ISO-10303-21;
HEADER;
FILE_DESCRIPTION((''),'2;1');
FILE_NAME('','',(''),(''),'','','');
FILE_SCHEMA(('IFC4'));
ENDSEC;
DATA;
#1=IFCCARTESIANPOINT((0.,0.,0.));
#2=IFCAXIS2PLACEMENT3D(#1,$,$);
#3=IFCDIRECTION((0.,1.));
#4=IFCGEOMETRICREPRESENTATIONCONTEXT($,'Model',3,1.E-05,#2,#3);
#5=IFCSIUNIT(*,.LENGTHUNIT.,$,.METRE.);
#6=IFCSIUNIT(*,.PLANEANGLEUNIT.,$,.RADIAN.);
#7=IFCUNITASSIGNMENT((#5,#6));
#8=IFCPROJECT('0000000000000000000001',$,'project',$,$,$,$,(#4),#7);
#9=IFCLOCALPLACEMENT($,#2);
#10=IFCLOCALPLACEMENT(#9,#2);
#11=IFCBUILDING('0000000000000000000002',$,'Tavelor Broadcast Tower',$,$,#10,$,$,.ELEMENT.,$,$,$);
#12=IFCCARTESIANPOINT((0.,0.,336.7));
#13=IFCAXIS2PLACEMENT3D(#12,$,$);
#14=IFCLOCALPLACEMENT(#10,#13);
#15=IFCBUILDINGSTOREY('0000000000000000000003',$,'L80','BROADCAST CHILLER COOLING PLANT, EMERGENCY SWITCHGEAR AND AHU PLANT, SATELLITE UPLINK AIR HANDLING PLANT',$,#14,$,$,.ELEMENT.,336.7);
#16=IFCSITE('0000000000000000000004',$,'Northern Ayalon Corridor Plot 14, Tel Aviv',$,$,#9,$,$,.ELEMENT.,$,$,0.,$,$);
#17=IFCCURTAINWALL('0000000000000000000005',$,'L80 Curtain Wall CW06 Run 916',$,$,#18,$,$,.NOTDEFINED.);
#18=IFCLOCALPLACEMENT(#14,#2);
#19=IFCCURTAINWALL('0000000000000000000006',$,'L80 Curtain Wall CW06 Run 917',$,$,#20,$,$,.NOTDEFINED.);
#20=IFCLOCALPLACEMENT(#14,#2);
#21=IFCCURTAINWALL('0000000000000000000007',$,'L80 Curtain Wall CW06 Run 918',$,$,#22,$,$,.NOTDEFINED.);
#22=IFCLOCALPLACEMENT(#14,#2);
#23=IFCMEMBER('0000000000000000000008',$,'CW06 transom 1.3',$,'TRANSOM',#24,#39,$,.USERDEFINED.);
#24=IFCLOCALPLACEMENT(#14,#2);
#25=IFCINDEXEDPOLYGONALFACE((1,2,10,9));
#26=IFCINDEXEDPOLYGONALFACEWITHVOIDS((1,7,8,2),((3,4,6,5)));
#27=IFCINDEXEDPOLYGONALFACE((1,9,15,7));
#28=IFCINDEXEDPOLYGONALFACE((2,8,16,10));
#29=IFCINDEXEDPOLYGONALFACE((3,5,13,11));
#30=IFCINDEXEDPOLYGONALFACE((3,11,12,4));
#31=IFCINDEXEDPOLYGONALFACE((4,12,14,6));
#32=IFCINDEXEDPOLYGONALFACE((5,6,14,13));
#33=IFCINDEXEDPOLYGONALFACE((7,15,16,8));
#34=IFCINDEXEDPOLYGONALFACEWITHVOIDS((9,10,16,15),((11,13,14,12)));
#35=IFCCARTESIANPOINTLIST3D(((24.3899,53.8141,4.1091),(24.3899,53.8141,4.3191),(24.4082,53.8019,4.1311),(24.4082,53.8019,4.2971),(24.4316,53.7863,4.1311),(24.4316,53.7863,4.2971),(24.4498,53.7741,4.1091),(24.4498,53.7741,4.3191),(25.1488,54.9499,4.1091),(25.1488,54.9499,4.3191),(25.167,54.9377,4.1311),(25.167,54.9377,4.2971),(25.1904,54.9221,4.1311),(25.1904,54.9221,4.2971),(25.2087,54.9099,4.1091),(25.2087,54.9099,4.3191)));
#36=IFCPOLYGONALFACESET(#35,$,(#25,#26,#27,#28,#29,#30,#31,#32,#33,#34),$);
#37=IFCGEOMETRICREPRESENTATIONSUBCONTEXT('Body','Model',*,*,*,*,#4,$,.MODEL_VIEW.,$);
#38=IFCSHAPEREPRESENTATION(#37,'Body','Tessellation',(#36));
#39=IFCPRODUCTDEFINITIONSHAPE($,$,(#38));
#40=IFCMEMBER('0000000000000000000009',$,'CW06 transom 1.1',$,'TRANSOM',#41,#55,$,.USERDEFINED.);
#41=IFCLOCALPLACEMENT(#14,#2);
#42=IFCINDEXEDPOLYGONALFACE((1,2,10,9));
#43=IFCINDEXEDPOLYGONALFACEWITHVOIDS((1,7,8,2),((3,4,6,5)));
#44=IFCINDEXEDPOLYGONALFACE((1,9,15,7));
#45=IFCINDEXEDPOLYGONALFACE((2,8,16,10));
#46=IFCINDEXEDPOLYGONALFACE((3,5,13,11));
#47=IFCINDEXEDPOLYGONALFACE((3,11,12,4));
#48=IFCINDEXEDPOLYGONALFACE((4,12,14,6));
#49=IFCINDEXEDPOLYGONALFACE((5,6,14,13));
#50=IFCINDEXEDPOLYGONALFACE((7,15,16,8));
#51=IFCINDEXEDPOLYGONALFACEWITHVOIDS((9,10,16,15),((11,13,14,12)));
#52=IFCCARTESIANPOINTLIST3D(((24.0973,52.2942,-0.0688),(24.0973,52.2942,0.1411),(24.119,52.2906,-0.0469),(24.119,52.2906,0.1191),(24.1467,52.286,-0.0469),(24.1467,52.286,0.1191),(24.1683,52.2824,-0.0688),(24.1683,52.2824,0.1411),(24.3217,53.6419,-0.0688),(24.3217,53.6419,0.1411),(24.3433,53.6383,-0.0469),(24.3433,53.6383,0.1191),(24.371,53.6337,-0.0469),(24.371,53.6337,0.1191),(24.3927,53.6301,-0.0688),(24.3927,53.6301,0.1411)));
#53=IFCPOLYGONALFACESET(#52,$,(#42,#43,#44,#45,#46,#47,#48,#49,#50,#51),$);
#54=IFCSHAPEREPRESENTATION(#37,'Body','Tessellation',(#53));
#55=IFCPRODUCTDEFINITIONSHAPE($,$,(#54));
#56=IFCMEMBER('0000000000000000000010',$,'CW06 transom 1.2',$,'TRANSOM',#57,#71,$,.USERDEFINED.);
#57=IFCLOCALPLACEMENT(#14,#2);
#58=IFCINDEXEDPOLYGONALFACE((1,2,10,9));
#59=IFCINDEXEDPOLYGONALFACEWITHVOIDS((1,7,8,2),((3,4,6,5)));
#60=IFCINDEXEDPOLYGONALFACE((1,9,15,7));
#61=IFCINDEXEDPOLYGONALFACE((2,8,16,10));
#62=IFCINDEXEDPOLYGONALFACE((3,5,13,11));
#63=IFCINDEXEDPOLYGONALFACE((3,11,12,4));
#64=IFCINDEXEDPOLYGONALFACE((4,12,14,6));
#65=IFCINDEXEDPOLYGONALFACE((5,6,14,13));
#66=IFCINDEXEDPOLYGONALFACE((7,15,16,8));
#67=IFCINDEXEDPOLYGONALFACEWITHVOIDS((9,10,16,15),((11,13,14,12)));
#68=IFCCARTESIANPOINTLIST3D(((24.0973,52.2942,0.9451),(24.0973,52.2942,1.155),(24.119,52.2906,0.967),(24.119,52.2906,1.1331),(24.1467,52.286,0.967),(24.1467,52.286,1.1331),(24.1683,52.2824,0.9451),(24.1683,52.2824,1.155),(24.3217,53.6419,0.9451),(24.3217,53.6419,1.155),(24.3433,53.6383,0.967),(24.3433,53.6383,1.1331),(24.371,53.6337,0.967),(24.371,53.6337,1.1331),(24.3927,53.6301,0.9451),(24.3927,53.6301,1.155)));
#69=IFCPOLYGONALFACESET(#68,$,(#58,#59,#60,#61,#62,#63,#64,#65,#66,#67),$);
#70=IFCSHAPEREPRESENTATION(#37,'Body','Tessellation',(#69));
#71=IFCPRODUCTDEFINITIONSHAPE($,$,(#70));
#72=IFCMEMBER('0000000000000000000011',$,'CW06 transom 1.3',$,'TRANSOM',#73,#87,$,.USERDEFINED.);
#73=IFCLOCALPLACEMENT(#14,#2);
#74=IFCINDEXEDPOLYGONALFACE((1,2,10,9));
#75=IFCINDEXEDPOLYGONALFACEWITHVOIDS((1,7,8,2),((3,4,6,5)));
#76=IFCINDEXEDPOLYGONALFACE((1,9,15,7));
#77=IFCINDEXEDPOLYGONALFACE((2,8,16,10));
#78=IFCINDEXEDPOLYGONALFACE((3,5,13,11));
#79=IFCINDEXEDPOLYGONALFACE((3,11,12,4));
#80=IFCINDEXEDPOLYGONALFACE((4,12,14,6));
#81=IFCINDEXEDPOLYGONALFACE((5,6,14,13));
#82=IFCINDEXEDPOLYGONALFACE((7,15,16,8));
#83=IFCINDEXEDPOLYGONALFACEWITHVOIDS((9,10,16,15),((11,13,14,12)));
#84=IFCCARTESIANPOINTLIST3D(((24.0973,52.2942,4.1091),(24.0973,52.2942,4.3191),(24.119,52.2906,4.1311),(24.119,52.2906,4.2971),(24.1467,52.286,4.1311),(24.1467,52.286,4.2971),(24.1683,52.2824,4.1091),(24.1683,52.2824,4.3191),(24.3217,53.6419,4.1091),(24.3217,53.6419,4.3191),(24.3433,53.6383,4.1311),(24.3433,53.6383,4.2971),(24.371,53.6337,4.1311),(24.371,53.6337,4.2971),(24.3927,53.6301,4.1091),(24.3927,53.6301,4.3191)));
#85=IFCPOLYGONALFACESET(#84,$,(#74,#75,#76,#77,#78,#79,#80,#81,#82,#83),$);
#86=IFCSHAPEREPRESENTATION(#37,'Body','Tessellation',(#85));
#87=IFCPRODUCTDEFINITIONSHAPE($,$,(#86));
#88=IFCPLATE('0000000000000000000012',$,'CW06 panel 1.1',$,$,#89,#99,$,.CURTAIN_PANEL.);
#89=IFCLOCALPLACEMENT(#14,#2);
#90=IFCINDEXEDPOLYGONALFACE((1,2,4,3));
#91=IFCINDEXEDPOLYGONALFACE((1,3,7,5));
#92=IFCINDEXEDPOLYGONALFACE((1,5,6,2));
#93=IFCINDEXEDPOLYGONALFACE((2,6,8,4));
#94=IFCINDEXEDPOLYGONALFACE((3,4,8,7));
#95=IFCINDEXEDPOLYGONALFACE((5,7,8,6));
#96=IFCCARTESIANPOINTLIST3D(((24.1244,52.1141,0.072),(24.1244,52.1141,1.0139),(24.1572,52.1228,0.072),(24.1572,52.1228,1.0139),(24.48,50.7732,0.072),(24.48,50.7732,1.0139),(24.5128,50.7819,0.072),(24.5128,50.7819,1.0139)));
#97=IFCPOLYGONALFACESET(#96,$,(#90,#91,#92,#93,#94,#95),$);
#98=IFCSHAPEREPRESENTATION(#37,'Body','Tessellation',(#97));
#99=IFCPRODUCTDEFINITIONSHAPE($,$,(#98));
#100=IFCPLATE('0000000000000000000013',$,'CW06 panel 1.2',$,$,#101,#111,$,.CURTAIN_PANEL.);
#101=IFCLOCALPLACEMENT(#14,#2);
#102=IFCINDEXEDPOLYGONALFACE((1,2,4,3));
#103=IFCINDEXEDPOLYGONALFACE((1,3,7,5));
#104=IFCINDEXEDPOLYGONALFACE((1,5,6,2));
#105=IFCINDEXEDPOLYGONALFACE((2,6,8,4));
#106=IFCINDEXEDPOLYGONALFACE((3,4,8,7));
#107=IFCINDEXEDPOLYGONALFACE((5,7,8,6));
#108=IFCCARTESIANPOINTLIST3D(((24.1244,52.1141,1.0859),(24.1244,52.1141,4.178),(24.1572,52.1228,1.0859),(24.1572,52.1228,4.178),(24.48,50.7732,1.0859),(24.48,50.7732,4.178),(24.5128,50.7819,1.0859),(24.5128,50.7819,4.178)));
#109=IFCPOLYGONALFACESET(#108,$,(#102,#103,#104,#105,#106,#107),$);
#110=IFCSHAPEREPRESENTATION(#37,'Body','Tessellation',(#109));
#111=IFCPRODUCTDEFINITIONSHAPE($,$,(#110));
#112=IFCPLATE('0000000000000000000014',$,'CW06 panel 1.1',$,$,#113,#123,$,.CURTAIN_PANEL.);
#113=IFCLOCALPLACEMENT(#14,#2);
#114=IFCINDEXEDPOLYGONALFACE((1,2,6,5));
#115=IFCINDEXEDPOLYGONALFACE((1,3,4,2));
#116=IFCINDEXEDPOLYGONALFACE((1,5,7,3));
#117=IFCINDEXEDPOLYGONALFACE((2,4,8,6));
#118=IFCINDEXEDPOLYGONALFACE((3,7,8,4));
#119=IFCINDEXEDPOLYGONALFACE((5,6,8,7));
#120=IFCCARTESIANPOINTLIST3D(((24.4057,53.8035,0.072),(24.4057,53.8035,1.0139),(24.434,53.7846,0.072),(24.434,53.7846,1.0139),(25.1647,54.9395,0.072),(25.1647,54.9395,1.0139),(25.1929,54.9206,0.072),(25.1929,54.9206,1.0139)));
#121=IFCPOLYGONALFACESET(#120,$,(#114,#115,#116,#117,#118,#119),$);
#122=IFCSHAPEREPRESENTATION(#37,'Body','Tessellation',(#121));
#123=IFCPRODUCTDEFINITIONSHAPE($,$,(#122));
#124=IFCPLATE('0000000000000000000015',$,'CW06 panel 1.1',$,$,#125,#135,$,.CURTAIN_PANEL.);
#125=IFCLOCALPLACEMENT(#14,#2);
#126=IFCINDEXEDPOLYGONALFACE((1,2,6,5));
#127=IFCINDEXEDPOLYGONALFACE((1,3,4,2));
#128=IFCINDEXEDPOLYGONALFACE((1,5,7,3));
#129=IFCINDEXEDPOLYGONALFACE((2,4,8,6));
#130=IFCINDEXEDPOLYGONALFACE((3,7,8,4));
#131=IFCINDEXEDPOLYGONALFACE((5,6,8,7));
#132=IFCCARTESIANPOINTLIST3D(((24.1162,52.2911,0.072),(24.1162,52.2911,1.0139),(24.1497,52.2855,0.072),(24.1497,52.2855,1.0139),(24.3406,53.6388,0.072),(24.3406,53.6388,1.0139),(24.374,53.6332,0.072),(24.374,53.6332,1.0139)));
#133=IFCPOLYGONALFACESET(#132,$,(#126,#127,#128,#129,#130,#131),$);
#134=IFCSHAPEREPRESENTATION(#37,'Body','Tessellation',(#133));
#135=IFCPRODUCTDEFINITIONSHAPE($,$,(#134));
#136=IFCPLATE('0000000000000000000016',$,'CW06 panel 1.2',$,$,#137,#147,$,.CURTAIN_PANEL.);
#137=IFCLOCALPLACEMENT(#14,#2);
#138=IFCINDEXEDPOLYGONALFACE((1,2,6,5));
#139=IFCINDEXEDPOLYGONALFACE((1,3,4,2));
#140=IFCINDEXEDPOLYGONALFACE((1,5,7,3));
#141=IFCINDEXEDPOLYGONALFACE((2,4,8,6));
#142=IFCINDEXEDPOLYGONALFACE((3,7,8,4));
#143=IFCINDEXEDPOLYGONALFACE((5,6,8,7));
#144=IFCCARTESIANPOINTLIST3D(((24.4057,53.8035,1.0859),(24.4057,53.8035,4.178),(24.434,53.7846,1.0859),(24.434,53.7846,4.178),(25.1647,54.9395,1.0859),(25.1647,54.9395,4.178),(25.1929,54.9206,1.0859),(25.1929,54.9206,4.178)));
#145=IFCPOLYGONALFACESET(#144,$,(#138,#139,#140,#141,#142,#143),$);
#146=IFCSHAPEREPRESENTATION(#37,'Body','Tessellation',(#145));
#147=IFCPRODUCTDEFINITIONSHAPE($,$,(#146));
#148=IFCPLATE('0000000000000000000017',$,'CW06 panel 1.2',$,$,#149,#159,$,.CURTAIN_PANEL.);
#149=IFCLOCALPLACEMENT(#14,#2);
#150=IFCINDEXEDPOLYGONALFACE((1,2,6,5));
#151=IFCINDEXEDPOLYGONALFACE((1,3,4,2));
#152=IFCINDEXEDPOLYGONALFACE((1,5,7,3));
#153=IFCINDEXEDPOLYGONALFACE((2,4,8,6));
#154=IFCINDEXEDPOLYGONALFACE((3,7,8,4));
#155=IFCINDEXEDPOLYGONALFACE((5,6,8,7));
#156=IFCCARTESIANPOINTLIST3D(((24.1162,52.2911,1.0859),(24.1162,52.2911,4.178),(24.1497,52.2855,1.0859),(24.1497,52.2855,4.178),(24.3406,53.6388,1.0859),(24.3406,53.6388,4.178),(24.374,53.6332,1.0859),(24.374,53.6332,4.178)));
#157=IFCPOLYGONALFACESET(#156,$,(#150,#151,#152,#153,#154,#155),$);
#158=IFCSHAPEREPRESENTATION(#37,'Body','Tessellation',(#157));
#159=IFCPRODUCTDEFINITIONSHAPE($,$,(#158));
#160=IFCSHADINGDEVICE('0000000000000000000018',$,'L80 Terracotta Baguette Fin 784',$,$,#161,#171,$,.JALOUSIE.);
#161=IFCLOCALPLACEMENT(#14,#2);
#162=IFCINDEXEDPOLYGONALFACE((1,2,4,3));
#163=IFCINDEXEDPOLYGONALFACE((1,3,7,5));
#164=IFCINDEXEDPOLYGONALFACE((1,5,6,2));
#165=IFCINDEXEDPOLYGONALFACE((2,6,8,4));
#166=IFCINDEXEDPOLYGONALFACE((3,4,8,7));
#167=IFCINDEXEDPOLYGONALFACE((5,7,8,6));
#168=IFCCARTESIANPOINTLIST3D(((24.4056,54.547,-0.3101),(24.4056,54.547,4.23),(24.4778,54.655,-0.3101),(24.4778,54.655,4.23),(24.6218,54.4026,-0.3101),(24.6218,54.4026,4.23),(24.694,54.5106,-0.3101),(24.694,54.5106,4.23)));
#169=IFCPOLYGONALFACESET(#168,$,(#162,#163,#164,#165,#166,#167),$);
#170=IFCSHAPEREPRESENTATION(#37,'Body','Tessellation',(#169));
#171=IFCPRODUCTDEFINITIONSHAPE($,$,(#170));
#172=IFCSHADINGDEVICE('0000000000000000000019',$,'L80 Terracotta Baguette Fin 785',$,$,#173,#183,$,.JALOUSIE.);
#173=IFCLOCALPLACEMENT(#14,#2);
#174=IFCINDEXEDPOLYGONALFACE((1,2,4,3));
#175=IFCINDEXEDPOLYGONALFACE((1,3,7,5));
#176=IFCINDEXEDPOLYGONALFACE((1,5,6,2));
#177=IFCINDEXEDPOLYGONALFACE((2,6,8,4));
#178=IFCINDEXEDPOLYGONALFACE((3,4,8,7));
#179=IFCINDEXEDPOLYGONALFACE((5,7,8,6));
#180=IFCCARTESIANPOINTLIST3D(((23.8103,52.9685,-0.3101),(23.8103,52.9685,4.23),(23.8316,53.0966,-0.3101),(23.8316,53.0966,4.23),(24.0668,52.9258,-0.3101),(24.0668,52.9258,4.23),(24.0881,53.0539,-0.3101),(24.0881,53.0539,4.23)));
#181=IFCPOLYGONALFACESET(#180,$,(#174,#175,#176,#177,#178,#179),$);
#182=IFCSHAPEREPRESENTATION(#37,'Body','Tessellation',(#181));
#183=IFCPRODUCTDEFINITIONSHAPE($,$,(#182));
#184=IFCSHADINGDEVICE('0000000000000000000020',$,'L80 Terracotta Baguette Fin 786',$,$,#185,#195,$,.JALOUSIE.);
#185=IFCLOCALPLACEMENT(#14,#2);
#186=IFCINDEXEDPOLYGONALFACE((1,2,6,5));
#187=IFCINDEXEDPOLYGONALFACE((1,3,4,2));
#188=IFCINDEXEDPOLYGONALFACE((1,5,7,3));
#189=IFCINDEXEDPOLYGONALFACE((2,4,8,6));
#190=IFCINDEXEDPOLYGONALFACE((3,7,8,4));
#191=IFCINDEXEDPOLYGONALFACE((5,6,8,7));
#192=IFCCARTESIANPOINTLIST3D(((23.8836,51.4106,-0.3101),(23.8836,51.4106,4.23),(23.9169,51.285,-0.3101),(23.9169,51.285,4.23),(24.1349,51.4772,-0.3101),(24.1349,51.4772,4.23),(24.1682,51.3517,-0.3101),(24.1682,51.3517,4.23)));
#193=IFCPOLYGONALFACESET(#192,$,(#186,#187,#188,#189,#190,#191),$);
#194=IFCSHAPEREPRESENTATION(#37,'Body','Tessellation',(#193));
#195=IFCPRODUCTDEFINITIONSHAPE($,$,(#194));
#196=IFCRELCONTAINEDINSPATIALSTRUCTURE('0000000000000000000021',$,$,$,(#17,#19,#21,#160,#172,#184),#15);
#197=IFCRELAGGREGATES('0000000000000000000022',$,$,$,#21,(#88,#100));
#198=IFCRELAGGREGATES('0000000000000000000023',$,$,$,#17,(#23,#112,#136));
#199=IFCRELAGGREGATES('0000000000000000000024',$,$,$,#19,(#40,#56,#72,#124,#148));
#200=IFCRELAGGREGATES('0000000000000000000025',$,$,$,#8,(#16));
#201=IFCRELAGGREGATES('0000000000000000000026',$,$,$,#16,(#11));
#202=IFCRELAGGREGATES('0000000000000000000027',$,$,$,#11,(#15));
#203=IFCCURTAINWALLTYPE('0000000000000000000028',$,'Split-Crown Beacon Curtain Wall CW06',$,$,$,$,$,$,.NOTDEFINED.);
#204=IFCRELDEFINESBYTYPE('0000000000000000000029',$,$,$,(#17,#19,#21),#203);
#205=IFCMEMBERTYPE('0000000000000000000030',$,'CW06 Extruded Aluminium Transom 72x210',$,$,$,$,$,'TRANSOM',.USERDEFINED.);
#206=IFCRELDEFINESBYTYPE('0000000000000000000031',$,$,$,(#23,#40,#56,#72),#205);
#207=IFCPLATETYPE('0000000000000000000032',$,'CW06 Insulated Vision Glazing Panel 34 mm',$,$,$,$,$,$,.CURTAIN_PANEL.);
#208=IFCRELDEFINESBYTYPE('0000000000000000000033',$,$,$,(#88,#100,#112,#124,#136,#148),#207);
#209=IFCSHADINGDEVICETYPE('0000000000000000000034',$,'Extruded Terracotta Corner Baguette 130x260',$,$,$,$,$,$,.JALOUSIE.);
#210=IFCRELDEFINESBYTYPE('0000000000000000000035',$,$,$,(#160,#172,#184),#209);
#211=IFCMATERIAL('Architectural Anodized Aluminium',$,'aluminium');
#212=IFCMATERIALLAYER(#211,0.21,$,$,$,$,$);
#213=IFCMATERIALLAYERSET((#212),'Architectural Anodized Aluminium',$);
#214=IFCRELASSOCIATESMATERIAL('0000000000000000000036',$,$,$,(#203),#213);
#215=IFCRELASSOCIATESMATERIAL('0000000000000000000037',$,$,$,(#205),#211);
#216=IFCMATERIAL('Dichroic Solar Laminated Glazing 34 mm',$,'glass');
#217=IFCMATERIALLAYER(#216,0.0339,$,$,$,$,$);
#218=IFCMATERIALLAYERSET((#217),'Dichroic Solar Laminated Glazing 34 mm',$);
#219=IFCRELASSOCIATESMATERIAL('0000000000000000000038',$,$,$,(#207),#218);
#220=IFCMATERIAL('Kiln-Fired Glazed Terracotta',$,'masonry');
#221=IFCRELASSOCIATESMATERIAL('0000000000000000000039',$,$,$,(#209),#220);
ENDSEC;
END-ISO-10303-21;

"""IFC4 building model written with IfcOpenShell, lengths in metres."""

from ifc_helpers import new_model, si_unit, direction, frame, origin, origin_2d, place, context, subcontext, project, spatial, rectangle, hollow_rectangle, extrude, source, transform, mapped, material, layer, layer_set, material_profile, profile_set, type_object, type_shapes, element, aggregate, save


model = new_model("IFC4")

# Units and contexts
model_context = context("Model", 3, precision=1e-05, world=origin(), true_north=direction((0.0, 1.0)))
body_context = subcontext(model_context, "Body", "Model", "MODEL_VIEW")
ifc_project = project(units=[si_unit("LENGTHUNIT", "METRE"), si_unit("PLANEANGLEUNIT", "RADIAN")], contexts=[model_context])

# Site, building, storey
site_placement = place(None, origin())
site = spatial("IfcSite", under=ifc_project, at=site_placement, Name="Northern Ayalon Corridor Plot 14, Tel Aviv", CompositionType="ELEMENT", RefElevation=0.0)
building_placement = place(site_placement, origin())
building = spatial("IfcBuilding", under=site, at=building_placement, Name="Tavelor Broadcast Tower", CompositionType="ELEMENT")
storey_placement = place(building_placement, frame((0.0, 0.0, 336.7)))
storey = spatial("IfcBuildingStorey", under=building, at=storey_placement, Name="L80", Description="BROADCAST CHILLER COOLING PLANT, EMERGENCY SWITCHGEAR AND AHU PLANT, SATELLITE UPLINK AIR HANDLING PLANT", CompositionType="ELEMENT", Elevation=336.7)

# Shared definitions
ifc_material_1 = material(Name="Architectural Anodized Aluminium", Category="aluminium")
ifc_layer_1 = layer(ifc_material_1, 0.21)
ifc_layer_set_1 = layer_set([ifc_layer_1], Name="Architectural Anodized Aluminium")
curtain_wall_type = type_object("IfcCurtainWallType", Name="Split-Crown Beacon Curtain Wall CW06", PredefinedType="NOTDEFINED", material=ifc_layer_set_1)

# Curtain walls
curtain_wall_1_placement = place(storey_placement, origin())
curtain_wall_1 = element("IfcCurtainWall", 1, at=curtain_wall_1_placement, inside=storey, type_object=curtain_wall_type, Name="L80 Curtain Wall CW06 Run 916", PredefinedType="NOTDEFINED")
curtain_wall_2_placement = place(storey_placement, origin())
curtain_wall_2 = element("IfcCurtainWall", 2, at=curtain_wall_2_placement, inside=storey, type_object=curtain_wall_type, Name="L80 Curtain Wall CW06 Run 917", PredefinedType="NOTDEFINED")
curtain_wall_3_placement = place(storey_placement, origin())
curtain_wall_3 = element("IfcCurtainWall", 3, at=curtain_wall_3_placement, inside=storey, type_object=curtain_wall_type, Name="L80 Curtain Wall CW06 Run 918", PredefinedType="NOTDEFINED")
ifc_material_profile_1 = material_profile(ifc_material_1, hollow_rectangle(XDim=0.072, YDim=0.21, WallThickness=0.022, at=origin_2d()), Name="RHS 72x210x22")
ifc_profile_set_1 = profile_set([ifc_material_profile_1], Name="Architectural Anodized Aluminium")
member_type_1 = type_object("IfcMemberType", Name="CW06 Extruded Aluminium Transom 72x210", ElementType="TRANSOM", PredefinedType="USERDEFINED", material=ifc_profile_set_1)

# Members
shared_shape_1 = source(origin(), body_context, "Body", "SweptSolid", [
    extrude(hollow_rectangle(XDim=0.072, YDim=0.21, WallThickness=0.022, at=origin_2d()), origin(), (0.0, 0.0, 1.0), 1.366),
])
member_1_placement = place(storey_placement, frame((25.1787, 54.9299, 4.2141), z_axis=(-0.555525, -0.8315, 0.0), x_axis=(0.8315, -0.555525, 0.0)))
member_1 = element("IfcMember", 4, at=member_1_placement, type_object=member_type_1, Name="CW06 transom 1.3", ObjectType="TRANSOM", PredefinedType="USERDEFINED", context=body_context, shape_type="MappedRepresentation", body=[
    mapped(shared_shape_1, transform((0.0, 0.0, 0.0), scale=1.0)),
])
shared_shape_2 = source(origin(), body_context, "Body", "SweptSolid", [
    extrude(hollow_rectangle(XDim=0.072, YDim=0.21, WallThickness=0.022, at=origin_2d()), origin(), (0.0, 0.0, 1.0), 1.3662),
])
member_2_placement = place(storey_placement, frame((24.3572, 53.636, 0.0361), z_axis=(-0.164225, -0.986423, 0.0), x_axis=(0.986423, -0.164225, 0.0)))
member_2 = element("IfcMember", 5, at=member_2_placement, type_object=member_type_1, Name="CW06 transom 1.1", ObjectType="TRANSOM", PredefinedType="USERDEFINED", context=body_context, shape_type="MappedRepresentation", body=[
    mapped(shared_shape_2, transform((0.0, 0.0, 0.0), scale=1.0)),
])
member_3_placement = place(storey_placement, frame((24.3572, 53.636, 1.05), z_axis=(-0.164225, -0.986423, 0.0), x_axis=(0.986423, -0.164225, 0.0)))
member_3 = element("IfcMember", 6, at=member_3_placement, type_object=member_type_1, Name="CW06 transom 1.2", ObjectType="TRANSOM", PredefinedType="USERDEFINED", context=body_context, shape_type="MappedRepresentation", body=[
    mapped(shared_shape_2, transform((0.0, 0.0, 0.0), scale=1.0)),
])
member_4_placement = place(storey_placement, frame((24.3572, 53.636, 4.2141), z_axis=(-0.164225, -0.986423, 0.0), x_axis=(0.986423, -0.164225, 0.0)))
member_4 = element("IfcMember", 7, at=member_4_placement, type_object=member_type_1, Name="CW06 transom 1.3", ObjectType="TRANSOM", PredefinedType="USERDEFINED", context=body_context, shape_type="MappedRepresentation", body=[
    mapped(shared_shape_2, transform((0.0, 0.0, 0.0), scale=1.0)),
])

# Plates
ifc_material_2 = material(Name="Dichroic Solar Laminated Glazing 34 mm", Category="glass")
ifc_layer_2 = layer(ifc_material_2, 0.0339)
ifc_layer_set_2 = layer_set([ifc_layer_2], Name="Dichroic Solar Laminated Glazing 34 mm")
plate_type = type_object("IfcPlateType", Name="CW06 Insulated Vision Glazing Panel 34 mm", PredefinedType="CURTAIN_PANEL", material=ifc_layer_set_2)
shared_shape_3 = source(origin(), body_context, "Body", "SweptSolid", [
    extrude(rectangle(XDim=1.3872, YDim=0.0339, at=origin_2d()), origin(), (0.0, 0.0, 1.0), 0.9419),
])
plate_1_placement = place(storey_placement, frame((24.3186, 51.448, 0.072), z_axis=(0.0, 0.0, 1.0), x_axis=(0.25628, -0.966603, 0.0)))
plate_1 = element("IfcPlate", 8, at=plate_1_placement, type_object=plate_type, Name="CW06 panel 1.1", PredefinedType="CURTAIN_PANEL", context=body_context, shape_type="MappedRepresentation", body=[
    mapped(shared_shape_3, transform((0.0, 0.0, 0.0), scale=1.0)),
])
shared_shape_4 = source(origin(), body_context, "Body", "SweptSolid", [
    extrude(rectangle(XDim=1.3872, YDim=0.0339, at=origin_2d()), origin(), (0.0, 0.0, 1.0), 3.092),
])
plate_2_placement = place(storey_placement, frame((24.3186, 51.448, 1.0859), z_axis=(0.0, 0.0, 1.0), x_axis=(0.25628, -0.966603, 0.0)))
plate_2 = element("IfcPlate", 9, at=plate_2_placement, type_object=plate_type, Name="CW06 panel 1.2", PredefinedType="CURTAIN_PANEL", context=body_context, shape_type="MappedRepresentation", body=[
    mapped(shared_shape_4, transform((0.0, 0.0, 0.0), scale=1.0)),
])
aggregate(curtain_wall_3, [plate_1, plate_2])
shared_shape_5 = source(origin(), body_context, "Body", "SweptSolid", [
    extrude(rectangle(XDim=1.3662, YDim=0.0339, at=origin_2d()), origin(), (0.0, 0.0, 1.0), 0.9419),
])
plate_3_placement = place(storey_placement, frame((24.7993, 54.3621, 0.072), z_axis=(0.0, 0.0, 1.0), x_axis=(-0.55551, -0.83151, 0.0)))
plate_3 = element("IfcPlate", 10, at=plate_3_placement, type_object=plate_type, Name="CW06 panel 1.1", PredefinedType="CURTAIN_PANEL", context=body_context, shape_type="MappedRepresentation", body=[
    mapped(shared_shape_5, transform((0.0, 0.0, 0.0), scale=1.0)),
])
plate_4_placement = place(storey_placement, frame((24.2451, 52.9622, 0.072), z_axis=(0.0, 0.0, 1.0), x_axis=(-0.164216, -0.986424, 0.0)))
plate_4 = element("IfcPlate", 11, at=plate_4_placement, type_object=plate_type, Name="CW06 panel 1.1", PredefinedType="CURTAIN_PANEL", context=body_context, shape_type="MappedRepresentation", body=[
    mapped(shared_shape_5, transform((0.0, 0.0, 0.0), scale=1.0)),
])
shared_shape_6 = source(origin(), body_context, "Body", "SweptSolid", [
    extrude(rectangle(XDim=1.3662, YDim=0.0339, at=origin_2d()), origin(), (0.0, 0.0, 1.0), 3.092),
])
type_shapes(plate_type, [shared_shape_3, shared_shape_4, shared_shape_5, shared_shape_6])
plate_5_placement = place(storey_placement, frame((24.7993, 54.3621, 1.0859), z_axis=(0.0, 0.0, 1.0), x_axis=(-0.55551, -0.83151, 0.0)))
plate_5 = element("IfcPlate", 12, at=plate_5_placement, type_object=plate_type, Name="CW06 panel 1.2", PredefinedType="CURTAIN_PANEL", context=body_context, shape_type="MappedRepresentation", body=[
    mapped(shared_shape_6, transform((0.0, 0.0, 0.0), scale=1.0)),
])
aggregate(curtain_wall_1, [member_1, plate_3, plate_5])
plate_6_placement = place(storey_placement, frame((24.2451, 52.9622, 1.0859), z_axis=(0.0, 0.0, 1.0), x_axis=(-0.164216, -0.986424, 0.0)))
plate_6 = element("IfcPlate", 13, at=plate_6_placement, type_object=plate_type, Name="CW06 panel 1.2", PredefinedType="CURTAIN_PANEL", context=body_context, shape_type="MappedRepresentation", body=[
    mapped(shared_shape_6, transform((0.0, 0.0, 0.0), scale=1.0)),
])
aggregate(curtain_wall_2, [member_2, member_3, member_4, plate_4, plate_6])

# Shading devices
ifc_material_3 = material(Name="Kiln-Fired Glazed Terracotta", Category="masonry")
shading_device_type = type_object("IfcShadingDeviceType", Name="Extruded Terracotta Corner Baguette 130x260", PredefinedType="JALOUSIE", material=ifc_material_3)
shared_shape_7 = source(origin(), body_context, "Body", "SweptSolid", [
    extrude(rectangle(XDim=0.1299, YDim=0.26, at=origin_2d()), origin(), (0.0, 0.0, 1.0), 4.54),
])
type_shapes(shading_device_type, [shared_shape_7])
for number, where, z_axis, x_axis, name in (
    (14, (24.5498, 54.5288, -0.3101), (0.0, 0.0, 1.0), (-0.55557, -0.83147, 0.0), "L80 Terracotta Baguette Fin 784"),
    (15, (23.9492, 53.0112, -0.3101), (0.0, 0.0, 1.0), (-0.164187, -0.986429, 0.0), "L80 Terracotta Baguette Fin 785"),
    (16, (24.0259, 51.3811, -0.3101), (0.0, 0.0, 1.0), (0.256289, -0.9666, 0.0), "L80 Terracotta Baguette Fin 786"),
):
    element("IfcShadingDevice", number, at=place(storey_placement, frame(where, z_axis=z_axis, x_axis=x_axis)), inside=storey, type_object=shading_device_type, Name=name, PredefinedType="JALOUSIE", context=body_context, shape_type="MappedRepresentation", body=[
        mapped(shared_shape_7, transform((0.0, 0.0, 0.0), scale=1.0)),
    ])

save(model, "model.ifc")
